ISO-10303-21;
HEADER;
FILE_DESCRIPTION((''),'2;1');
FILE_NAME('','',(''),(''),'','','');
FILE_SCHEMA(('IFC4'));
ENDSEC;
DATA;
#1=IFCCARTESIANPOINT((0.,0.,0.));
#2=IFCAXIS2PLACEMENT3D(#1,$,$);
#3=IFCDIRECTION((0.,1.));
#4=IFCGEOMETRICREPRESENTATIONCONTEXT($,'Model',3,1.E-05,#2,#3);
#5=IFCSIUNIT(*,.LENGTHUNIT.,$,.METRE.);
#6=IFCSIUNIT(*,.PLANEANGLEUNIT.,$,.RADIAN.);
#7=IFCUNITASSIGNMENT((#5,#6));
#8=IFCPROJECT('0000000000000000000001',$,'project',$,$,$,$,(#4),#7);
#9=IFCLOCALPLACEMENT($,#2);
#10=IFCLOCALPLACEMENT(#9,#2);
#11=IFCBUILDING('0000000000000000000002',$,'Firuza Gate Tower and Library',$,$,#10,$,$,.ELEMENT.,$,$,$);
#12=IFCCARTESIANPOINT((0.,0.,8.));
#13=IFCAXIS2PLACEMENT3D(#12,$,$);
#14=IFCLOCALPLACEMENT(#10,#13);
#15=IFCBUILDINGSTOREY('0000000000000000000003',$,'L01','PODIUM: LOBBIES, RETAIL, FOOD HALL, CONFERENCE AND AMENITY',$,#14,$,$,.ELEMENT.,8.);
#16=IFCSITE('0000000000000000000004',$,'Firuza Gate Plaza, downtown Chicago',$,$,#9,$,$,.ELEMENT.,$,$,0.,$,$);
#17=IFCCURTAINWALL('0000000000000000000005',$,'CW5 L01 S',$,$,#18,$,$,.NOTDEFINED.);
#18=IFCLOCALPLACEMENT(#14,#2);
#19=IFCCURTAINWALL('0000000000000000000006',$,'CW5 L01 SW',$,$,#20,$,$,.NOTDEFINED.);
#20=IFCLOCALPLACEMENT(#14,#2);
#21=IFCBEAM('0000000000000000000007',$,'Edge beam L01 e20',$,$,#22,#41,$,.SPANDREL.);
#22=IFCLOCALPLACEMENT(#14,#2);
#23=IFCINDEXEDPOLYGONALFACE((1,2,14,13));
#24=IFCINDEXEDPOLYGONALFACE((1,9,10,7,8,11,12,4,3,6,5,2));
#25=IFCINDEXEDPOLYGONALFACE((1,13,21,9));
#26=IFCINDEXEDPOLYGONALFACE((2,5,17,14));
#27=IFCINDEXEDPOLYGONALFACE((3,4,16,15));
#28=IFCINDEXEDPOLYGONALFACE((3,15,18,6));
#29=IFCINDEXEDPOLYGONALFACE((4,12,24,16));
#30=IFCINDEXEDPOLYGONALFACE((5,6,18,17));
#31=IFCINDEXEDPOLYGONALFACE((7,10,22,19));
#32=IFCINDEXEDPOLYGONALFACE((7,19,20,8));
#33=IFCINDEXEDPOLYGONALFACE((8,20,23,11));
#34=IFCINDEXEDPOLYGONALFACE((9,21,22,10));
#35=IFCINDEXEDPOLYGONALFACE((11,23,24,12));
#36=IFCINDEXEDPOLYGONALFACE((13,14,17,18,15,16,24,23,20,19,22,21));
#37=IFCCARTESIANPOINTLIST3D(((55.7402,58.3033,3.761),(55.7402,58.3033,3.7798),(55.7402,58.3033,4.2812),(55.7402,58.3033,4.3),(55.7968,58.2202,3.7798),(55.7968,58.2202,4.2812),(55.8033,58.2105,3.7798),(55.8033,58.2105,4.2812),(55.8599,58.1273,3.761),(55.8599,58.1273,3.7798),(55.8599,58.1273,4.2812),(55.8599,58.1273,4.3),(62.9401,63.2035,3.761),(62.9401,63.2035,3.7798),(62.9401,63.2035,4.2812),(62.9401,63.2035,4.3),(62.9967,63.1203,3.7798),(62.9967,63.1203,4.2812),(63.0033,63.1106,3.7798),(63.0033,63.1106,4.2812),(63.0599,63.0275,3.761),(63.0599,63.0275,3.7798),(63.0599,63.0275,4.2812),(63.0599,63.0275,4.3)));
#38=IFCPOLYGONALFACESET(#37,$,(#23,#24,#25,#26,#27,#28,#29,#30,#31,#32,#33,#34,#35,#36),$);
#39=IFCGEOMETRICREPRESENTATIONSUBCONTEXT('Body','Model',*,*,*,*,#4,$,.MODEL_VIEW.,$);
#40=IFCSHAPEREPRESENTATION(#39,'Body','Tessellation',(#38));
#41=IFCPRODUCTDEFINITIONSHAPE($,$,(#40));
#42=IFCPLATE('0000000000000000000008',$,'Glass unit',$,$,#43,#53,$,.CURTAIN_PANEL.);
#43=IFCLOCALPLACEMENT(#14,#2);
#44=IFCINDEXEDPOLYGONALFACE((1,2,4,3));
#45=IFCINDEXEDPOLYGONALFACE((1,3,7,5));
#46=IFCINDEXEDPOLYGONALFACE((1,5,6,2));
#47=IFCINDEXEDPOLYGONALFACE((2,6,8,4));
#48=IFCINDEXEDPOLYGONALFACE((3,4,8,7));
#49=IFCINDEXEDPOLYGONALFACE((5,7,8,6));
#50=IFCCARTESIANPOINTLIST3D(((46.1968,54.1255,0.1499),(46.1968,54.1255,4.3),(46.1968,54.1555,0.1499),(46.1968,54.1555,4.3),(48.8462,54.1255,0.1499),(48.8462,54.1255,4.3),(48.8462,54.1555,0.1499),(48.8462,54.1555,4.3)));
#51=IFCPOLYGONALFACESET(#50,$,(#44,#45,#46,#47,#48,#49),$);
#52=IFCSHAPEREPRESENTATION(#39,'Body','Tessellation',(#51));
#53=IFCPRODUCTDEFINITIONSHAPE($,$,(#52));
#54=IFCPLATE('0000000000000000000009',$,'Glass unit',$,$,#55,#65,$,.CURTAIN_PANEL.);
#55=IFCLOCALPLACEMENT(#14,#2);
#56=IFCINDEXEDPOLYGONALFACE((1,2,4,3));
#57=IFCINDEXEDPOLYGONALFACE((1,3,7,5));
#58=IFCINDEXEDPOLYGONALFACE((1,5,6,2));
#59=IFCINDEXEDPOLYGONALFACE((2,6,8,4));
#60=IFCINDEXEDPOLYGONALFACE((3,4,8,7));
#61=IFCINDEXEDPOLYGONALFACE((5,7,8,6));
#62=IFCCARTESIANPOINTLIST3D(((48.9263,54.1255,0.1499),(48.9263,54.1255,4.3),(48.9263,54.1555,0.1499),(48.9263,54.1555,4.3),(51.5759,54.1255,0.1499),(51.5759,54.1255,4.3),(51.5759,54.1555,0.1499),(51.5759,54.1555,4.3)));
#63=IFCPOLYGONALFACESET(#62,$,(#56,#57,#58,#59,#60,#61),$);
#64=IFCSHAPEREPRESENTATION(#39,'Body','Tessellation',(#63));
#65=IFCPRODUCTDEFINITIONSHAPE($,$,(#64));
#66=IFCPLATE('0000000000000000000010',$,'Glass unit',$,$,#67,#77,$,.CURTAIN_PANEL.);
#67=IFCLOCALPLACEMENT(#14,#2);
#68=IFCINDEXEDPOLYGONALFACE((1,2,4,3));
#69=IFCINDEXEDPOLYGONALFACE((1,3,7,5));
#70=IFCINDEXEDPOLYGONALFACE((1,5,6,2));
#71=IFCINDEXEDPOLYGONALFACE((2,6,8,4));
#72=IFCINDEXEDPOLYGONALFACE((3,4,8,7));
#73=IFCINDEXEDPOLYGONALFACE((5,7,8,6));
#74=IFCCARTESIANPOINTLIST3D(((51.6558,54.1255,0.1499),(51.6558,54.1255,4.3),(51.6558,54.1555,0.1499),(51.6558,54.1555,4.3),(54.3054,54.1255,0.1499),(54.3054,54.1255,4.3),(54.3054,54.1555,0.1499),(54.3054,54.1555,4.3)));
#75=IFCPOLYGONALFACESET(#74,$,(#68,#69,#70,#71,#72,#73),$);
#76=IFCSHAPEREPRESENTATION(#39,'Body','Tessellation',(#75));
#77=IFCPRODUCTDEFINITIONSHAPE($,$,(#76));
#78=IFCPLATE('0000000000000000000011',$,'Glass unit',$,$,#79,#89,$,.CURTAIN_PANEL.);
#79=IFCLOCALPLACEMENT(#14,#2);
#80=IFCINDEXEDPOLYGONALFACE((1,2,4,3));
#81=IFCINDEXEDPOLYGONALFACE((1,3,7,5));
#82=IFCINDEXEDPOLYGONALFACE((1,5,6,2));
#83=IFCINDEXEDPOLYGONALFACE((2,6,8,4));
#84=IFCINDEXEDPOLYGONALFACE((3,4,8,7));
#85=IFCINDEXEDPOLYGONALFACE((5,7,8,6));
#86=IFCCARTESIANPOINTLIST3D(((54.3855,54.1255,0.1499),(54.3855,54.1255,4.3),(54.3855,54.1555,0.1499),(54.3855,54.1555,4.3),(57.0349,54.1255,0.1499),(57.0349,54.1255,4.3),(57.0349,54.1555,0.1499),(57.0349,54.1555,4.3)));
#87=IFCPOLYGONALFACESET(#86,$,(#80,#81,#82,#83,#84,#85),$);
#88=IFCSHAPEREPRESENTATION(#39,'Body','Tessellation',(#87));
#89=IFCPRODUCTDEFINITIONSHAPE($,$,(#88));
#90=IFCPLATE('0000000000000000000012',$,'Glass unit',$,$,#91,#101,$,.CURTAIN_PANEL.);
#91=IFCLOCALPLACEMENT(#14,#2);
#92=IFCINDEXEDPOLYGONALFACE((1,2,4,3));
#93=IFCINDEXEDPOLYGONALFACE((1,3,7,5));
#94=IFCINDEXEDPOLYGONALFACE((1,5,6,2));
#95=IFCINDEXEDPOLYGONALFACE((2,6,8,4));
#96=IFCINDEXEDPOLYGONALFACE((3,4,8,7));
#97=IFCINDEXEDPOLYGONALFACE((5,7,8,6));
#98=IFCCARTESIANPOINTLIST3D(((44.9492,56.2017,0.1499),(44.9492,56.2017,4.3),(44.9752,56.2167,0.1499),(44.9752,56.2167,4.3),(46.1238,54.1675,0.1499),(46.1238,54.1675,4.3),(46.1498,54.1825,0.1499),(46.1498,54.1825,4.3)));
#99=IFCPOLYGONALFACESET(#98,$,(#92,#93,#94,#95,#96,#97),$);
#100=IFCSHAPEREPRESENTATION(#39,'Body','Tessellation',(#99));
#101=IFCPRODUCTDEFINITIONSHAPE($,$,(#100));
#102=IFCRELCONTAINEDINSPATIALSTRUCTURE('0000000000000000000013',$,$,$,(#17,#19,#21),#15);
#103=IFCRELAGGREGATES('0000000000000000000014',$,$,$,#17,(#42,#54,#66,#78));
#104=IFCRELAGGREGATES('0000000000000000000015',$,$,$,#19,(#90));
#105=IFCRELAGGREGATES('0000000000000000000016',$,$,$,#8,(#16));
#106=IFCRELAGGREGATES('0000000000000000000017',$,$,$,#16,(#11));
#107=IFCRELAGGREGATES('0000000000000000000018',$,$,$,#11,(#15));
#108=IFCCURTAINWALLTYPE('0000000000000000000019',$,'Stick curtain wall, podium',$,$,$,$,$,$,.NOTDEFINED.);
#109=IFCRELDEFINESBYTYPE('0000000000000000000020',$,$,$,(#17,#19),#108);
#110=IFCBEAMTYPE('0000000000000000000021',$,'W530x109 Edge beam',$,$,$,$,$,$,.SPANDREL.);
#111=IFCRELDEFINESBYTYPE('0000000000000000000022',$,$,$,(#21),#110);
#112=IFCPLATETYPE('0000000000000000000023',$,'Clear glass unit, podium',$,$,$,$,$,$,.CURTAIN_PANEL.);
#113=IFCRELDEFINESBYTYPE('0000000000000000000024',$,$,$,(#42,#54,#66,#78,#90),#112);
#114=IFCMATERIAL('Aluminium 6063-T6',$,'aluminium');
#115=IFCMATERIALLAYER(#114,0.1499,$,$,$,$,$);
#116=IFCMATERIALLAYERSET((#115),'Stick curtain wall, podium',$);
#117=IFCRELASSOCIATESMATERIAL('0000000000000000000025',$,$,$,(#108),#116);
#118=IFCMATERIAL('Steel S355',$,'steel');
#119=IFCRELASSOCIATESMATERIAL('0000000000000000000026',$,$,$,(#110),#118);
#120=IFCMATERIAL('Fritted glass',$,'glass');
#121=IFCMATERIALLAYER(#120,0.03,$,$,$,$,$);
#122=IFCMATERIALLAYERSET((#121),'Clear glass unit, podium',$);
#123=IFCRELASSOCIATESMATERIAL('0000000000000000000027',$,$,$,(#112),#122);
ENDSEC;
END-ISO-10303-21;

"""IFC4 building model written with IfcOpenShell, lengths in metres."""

from ifc_helpers import new_model, si_unit, direction, frame, origin, origin_2d, place, context, subcontext, project, spatial, polyline, i_section, outline, extrude, material, layer, layer_set, material_profile, profile_set, type_object, element, aggregate, save


model = new_model("IFC4")

# Units and contexts
model_context = context("Model", 3, precision=1e-05, world=origin(), true_north=direction((0.0, 1.0)))
body_context = subcontext(model_context, "Body", "Model", "MODEL_VIEW")
ifc_project = project(units=[si_unit("LENGTHUNIT", "METRE"), si_unit("PLANEANGLEUNIT", "RADIAN")], contexts=[model_context])

# Site, building, storey
site_placement = place(None, origin())
site = spatial("IfcSite", under=ifc_project, at=site_placement, Name="Firuza Gate Plaza, downtown Chicago", CompositionType="ELEMENT", RefElevation=0.0)
building_placement = place(site_placement, origin())
building = spatial("IfcBuilding", under=site, at=building_placement, Name="Firuza Gate Tower and Library", CompositionType="ELEMENT")
storey_placement = place(building_placement, frame((0.0, 0.0, 8.0)))
storey = spatial("IfcBuildingStorey", under=building, at=storey_placement, Name="L01", Description="PODIUM: LOBBIES, RETAIL, FOOD HALL, CONFERENCE AND AMENITY", CompositionType="ELEMENT", Elevation=8.0)

# Curtain walls
ifc_material_1 = material(Name="Aluminium 6063-T6", Category="aluminium")
ifc_layer_1 = layer(ifc_material_1, 0.1499)
ifc_layer_set_1 = layer_set([ifc_layer_1], Name="Stick curtain wall, podium")
curtain_wall_type = type_object("IfcCurtainWallType", Name="Stick curtain wall, podium", PredefinedType="NOTDEFINED", material=ifc_layer_set_1)
placement_1 = place(storey_placement, origin())
curtain_wall_1 = element("IfcCurtainWall", 1, at=placement_1, inside=storey, type_object=curtain_wall_type, Name="CW5 L01 S", PredefinedType="NOTDEFINED")
curtain_wall_2 = element("IfcCurtainWall", 2, at=placement_1, inside=storey, type_object=curtain_wall_type, Name="CW5 L01 SW", PredefinedType="NOTDEFINED")

# Beam
ifc_material_2 = material(Name="Steel S355", Category="steel")
ifc_material_profile_1 = material_profile(ifc_material_2, i_section(OverallWidth=0.2129, OverallDepth=0.5391, WebThickness=0.0117, FlangeThickness=0.0188, at=origin_2d()))
ifc_profile_set_1 = profile_set([ifc_material_profile_1], Name="Steel S355")
beam_type_1 = type_object("IfcBeamType", Name="W530x109 Edge beam", PredefinedType="SPANDREL", material=ifc_profile_set_1)
beam_1_placement = place(storey_placement, frame((55.8, 58.2153, 4.0305), z_axis=(0.826703, 0.562638, 0.0), x_axis=(-0.562638, 0.826703, 0.0)))
element("IfcBeam", 3, at=beam_1_placement, inside=storey, type_object=beam_type_1, Name="Edge beam L01 e20", PredefinedType="SPANDREL", context=body_context, shape_type="SweptSolid", body=[
    extrude(i_section(OverallWidth=0.2129, OverallDepth=0.5391, WebThickness=0.0117, FlangeThickness=0.0188, at=origin_2d()), origin(), (0.0, 0.0, 1.0), 8.7092),
])

# Plates
ifc_material_3 = material(Name="Fritted glass", Category="glass")
ifc_layer_2 = layer(ifc_material_3, 0.03)
ifc_layer_set_2 = layer_set([ifc_layer_2], Name="Clear glass unit, podium")
plate_type = type_object("IfcPlateType", Name="Clear glass unit, podium", PredefinedType="CURTAIN_PANEL", material=ifc_layer_set_2)
plate_1_placement = place(storey_placement, frame((46.1968, 54.1255, 0.1499), z_axis=(0.0, -1.0, 0.0), x_axis=(1.0, 0.0, 0.0)))
plate_1 = element("IfcPlate", 4, at=plate_1_placement, type_object=plate_type, Name="Glass unit", PredefinedType="CURTAIN_PANEL", context=body_context, shape_type="SweptSolid", body=[
    extrude(outline(polyline([(0.0, 0.0), (2.6494, 0.0), (2.6494, 4.1501), (0.0, 4.1501), (0.0, 0.0)])), origin(), (0.0, 0.0, -1.0), 0.03),
])
plate_2_placement = place(storey_placement, frame((48.9263, 54.1255, 0.1499), z_axis=(0.0, -1.0, 0.0), x_axis=(1.0, 0.0, 0.0)))
plate_2 = element("IfcPlate", 5, at=plate_2_placement, type_object=plate_type, Name="Glass unit", PredefinedType="CURTAIN_PANEL", context=body_context, shape_type="SweptSolid", body=[
    extrude(outline(polyline([(0.0, 0.0), (2.6497, 0.0), (2.6497, 4.1501), (0.0, 4.1501), (0.0, 0.0)])), origin(), (0.0, 0.0, -1.0), 0.03),
])
plate_3_placement = place(storey_placement, frame((51.6558, 54.1255, 0.1499), z_axis=(0.0, -1.0, 0.0), x_axis=(1.0, 0.0, 0.0)))
plate_3 = element("IfcPlate", 6, at=plate_3_placement, type_object=plate_type, Name="Glass unit", PredefinedType="CURTAIN_PANEL", context=body_context, shape_type="SweptSolid", body=[
    extrude(outline(polyline([(0.0, 0.0), (2.6497, 0.0), (2.6497, 4.1501), (0.0, 4.1501), (0.0, 0.0)])), origin(), (0.0, 0.0, -1.0), 0.03),
])
plate_4_placement = place(storey_placement, frame((54.3855, 54.1255, 0.1499), z_axis=(0.0, -1.0, 0.0), x_axis=(1.0, 0.0, 0.0)))
plate_4 = element("IfcPlate", 7, at=plate_4_placement, type_object=plate_type, Name="Glass unit", PredefinedType="CURTAIN_PANEL", context=body_context, shape_type="SweptSolid", body=[
    extrude(outline(polyline([(0.0, 0.0), (2.6494, 0.0), (2.6494, 4.1501), (0.0, 4.1501), (0.0, 0.0)])), origin(), (0.0, 0.0, -1.0), 0.03),
])
aggregate(curtain_wall_1, [plate_1, plate_2, plate_3, plate_4])
plate_5_placement = place(storey_placement, frame((44.9492, 56.2017, 0.1499), z_axis=(-0.866002, -0.50004, 0.0), x_axis=(0.50004, -0.866002, 0.0)))
plate_5 = element("IfcPlate", 8, at=plate_5_placement, type_object=plate_type, Name="Glass unit", PredefinedType="CURTAIN_PANEL", context=body_context, shape_type="SweptSolid", body=[
    extrude(outline(polyline([(0.0, 0.0), (2.3489, 0.0), (2.3489, 4.1501), (0.0, 4.1501), (0.0, 0.0)])), origin(), (0.0, 0.0, -1.0), 0.03),
])
aggregate(curtain_wall_2, [plate_5])

save(model, "model.ifc")
